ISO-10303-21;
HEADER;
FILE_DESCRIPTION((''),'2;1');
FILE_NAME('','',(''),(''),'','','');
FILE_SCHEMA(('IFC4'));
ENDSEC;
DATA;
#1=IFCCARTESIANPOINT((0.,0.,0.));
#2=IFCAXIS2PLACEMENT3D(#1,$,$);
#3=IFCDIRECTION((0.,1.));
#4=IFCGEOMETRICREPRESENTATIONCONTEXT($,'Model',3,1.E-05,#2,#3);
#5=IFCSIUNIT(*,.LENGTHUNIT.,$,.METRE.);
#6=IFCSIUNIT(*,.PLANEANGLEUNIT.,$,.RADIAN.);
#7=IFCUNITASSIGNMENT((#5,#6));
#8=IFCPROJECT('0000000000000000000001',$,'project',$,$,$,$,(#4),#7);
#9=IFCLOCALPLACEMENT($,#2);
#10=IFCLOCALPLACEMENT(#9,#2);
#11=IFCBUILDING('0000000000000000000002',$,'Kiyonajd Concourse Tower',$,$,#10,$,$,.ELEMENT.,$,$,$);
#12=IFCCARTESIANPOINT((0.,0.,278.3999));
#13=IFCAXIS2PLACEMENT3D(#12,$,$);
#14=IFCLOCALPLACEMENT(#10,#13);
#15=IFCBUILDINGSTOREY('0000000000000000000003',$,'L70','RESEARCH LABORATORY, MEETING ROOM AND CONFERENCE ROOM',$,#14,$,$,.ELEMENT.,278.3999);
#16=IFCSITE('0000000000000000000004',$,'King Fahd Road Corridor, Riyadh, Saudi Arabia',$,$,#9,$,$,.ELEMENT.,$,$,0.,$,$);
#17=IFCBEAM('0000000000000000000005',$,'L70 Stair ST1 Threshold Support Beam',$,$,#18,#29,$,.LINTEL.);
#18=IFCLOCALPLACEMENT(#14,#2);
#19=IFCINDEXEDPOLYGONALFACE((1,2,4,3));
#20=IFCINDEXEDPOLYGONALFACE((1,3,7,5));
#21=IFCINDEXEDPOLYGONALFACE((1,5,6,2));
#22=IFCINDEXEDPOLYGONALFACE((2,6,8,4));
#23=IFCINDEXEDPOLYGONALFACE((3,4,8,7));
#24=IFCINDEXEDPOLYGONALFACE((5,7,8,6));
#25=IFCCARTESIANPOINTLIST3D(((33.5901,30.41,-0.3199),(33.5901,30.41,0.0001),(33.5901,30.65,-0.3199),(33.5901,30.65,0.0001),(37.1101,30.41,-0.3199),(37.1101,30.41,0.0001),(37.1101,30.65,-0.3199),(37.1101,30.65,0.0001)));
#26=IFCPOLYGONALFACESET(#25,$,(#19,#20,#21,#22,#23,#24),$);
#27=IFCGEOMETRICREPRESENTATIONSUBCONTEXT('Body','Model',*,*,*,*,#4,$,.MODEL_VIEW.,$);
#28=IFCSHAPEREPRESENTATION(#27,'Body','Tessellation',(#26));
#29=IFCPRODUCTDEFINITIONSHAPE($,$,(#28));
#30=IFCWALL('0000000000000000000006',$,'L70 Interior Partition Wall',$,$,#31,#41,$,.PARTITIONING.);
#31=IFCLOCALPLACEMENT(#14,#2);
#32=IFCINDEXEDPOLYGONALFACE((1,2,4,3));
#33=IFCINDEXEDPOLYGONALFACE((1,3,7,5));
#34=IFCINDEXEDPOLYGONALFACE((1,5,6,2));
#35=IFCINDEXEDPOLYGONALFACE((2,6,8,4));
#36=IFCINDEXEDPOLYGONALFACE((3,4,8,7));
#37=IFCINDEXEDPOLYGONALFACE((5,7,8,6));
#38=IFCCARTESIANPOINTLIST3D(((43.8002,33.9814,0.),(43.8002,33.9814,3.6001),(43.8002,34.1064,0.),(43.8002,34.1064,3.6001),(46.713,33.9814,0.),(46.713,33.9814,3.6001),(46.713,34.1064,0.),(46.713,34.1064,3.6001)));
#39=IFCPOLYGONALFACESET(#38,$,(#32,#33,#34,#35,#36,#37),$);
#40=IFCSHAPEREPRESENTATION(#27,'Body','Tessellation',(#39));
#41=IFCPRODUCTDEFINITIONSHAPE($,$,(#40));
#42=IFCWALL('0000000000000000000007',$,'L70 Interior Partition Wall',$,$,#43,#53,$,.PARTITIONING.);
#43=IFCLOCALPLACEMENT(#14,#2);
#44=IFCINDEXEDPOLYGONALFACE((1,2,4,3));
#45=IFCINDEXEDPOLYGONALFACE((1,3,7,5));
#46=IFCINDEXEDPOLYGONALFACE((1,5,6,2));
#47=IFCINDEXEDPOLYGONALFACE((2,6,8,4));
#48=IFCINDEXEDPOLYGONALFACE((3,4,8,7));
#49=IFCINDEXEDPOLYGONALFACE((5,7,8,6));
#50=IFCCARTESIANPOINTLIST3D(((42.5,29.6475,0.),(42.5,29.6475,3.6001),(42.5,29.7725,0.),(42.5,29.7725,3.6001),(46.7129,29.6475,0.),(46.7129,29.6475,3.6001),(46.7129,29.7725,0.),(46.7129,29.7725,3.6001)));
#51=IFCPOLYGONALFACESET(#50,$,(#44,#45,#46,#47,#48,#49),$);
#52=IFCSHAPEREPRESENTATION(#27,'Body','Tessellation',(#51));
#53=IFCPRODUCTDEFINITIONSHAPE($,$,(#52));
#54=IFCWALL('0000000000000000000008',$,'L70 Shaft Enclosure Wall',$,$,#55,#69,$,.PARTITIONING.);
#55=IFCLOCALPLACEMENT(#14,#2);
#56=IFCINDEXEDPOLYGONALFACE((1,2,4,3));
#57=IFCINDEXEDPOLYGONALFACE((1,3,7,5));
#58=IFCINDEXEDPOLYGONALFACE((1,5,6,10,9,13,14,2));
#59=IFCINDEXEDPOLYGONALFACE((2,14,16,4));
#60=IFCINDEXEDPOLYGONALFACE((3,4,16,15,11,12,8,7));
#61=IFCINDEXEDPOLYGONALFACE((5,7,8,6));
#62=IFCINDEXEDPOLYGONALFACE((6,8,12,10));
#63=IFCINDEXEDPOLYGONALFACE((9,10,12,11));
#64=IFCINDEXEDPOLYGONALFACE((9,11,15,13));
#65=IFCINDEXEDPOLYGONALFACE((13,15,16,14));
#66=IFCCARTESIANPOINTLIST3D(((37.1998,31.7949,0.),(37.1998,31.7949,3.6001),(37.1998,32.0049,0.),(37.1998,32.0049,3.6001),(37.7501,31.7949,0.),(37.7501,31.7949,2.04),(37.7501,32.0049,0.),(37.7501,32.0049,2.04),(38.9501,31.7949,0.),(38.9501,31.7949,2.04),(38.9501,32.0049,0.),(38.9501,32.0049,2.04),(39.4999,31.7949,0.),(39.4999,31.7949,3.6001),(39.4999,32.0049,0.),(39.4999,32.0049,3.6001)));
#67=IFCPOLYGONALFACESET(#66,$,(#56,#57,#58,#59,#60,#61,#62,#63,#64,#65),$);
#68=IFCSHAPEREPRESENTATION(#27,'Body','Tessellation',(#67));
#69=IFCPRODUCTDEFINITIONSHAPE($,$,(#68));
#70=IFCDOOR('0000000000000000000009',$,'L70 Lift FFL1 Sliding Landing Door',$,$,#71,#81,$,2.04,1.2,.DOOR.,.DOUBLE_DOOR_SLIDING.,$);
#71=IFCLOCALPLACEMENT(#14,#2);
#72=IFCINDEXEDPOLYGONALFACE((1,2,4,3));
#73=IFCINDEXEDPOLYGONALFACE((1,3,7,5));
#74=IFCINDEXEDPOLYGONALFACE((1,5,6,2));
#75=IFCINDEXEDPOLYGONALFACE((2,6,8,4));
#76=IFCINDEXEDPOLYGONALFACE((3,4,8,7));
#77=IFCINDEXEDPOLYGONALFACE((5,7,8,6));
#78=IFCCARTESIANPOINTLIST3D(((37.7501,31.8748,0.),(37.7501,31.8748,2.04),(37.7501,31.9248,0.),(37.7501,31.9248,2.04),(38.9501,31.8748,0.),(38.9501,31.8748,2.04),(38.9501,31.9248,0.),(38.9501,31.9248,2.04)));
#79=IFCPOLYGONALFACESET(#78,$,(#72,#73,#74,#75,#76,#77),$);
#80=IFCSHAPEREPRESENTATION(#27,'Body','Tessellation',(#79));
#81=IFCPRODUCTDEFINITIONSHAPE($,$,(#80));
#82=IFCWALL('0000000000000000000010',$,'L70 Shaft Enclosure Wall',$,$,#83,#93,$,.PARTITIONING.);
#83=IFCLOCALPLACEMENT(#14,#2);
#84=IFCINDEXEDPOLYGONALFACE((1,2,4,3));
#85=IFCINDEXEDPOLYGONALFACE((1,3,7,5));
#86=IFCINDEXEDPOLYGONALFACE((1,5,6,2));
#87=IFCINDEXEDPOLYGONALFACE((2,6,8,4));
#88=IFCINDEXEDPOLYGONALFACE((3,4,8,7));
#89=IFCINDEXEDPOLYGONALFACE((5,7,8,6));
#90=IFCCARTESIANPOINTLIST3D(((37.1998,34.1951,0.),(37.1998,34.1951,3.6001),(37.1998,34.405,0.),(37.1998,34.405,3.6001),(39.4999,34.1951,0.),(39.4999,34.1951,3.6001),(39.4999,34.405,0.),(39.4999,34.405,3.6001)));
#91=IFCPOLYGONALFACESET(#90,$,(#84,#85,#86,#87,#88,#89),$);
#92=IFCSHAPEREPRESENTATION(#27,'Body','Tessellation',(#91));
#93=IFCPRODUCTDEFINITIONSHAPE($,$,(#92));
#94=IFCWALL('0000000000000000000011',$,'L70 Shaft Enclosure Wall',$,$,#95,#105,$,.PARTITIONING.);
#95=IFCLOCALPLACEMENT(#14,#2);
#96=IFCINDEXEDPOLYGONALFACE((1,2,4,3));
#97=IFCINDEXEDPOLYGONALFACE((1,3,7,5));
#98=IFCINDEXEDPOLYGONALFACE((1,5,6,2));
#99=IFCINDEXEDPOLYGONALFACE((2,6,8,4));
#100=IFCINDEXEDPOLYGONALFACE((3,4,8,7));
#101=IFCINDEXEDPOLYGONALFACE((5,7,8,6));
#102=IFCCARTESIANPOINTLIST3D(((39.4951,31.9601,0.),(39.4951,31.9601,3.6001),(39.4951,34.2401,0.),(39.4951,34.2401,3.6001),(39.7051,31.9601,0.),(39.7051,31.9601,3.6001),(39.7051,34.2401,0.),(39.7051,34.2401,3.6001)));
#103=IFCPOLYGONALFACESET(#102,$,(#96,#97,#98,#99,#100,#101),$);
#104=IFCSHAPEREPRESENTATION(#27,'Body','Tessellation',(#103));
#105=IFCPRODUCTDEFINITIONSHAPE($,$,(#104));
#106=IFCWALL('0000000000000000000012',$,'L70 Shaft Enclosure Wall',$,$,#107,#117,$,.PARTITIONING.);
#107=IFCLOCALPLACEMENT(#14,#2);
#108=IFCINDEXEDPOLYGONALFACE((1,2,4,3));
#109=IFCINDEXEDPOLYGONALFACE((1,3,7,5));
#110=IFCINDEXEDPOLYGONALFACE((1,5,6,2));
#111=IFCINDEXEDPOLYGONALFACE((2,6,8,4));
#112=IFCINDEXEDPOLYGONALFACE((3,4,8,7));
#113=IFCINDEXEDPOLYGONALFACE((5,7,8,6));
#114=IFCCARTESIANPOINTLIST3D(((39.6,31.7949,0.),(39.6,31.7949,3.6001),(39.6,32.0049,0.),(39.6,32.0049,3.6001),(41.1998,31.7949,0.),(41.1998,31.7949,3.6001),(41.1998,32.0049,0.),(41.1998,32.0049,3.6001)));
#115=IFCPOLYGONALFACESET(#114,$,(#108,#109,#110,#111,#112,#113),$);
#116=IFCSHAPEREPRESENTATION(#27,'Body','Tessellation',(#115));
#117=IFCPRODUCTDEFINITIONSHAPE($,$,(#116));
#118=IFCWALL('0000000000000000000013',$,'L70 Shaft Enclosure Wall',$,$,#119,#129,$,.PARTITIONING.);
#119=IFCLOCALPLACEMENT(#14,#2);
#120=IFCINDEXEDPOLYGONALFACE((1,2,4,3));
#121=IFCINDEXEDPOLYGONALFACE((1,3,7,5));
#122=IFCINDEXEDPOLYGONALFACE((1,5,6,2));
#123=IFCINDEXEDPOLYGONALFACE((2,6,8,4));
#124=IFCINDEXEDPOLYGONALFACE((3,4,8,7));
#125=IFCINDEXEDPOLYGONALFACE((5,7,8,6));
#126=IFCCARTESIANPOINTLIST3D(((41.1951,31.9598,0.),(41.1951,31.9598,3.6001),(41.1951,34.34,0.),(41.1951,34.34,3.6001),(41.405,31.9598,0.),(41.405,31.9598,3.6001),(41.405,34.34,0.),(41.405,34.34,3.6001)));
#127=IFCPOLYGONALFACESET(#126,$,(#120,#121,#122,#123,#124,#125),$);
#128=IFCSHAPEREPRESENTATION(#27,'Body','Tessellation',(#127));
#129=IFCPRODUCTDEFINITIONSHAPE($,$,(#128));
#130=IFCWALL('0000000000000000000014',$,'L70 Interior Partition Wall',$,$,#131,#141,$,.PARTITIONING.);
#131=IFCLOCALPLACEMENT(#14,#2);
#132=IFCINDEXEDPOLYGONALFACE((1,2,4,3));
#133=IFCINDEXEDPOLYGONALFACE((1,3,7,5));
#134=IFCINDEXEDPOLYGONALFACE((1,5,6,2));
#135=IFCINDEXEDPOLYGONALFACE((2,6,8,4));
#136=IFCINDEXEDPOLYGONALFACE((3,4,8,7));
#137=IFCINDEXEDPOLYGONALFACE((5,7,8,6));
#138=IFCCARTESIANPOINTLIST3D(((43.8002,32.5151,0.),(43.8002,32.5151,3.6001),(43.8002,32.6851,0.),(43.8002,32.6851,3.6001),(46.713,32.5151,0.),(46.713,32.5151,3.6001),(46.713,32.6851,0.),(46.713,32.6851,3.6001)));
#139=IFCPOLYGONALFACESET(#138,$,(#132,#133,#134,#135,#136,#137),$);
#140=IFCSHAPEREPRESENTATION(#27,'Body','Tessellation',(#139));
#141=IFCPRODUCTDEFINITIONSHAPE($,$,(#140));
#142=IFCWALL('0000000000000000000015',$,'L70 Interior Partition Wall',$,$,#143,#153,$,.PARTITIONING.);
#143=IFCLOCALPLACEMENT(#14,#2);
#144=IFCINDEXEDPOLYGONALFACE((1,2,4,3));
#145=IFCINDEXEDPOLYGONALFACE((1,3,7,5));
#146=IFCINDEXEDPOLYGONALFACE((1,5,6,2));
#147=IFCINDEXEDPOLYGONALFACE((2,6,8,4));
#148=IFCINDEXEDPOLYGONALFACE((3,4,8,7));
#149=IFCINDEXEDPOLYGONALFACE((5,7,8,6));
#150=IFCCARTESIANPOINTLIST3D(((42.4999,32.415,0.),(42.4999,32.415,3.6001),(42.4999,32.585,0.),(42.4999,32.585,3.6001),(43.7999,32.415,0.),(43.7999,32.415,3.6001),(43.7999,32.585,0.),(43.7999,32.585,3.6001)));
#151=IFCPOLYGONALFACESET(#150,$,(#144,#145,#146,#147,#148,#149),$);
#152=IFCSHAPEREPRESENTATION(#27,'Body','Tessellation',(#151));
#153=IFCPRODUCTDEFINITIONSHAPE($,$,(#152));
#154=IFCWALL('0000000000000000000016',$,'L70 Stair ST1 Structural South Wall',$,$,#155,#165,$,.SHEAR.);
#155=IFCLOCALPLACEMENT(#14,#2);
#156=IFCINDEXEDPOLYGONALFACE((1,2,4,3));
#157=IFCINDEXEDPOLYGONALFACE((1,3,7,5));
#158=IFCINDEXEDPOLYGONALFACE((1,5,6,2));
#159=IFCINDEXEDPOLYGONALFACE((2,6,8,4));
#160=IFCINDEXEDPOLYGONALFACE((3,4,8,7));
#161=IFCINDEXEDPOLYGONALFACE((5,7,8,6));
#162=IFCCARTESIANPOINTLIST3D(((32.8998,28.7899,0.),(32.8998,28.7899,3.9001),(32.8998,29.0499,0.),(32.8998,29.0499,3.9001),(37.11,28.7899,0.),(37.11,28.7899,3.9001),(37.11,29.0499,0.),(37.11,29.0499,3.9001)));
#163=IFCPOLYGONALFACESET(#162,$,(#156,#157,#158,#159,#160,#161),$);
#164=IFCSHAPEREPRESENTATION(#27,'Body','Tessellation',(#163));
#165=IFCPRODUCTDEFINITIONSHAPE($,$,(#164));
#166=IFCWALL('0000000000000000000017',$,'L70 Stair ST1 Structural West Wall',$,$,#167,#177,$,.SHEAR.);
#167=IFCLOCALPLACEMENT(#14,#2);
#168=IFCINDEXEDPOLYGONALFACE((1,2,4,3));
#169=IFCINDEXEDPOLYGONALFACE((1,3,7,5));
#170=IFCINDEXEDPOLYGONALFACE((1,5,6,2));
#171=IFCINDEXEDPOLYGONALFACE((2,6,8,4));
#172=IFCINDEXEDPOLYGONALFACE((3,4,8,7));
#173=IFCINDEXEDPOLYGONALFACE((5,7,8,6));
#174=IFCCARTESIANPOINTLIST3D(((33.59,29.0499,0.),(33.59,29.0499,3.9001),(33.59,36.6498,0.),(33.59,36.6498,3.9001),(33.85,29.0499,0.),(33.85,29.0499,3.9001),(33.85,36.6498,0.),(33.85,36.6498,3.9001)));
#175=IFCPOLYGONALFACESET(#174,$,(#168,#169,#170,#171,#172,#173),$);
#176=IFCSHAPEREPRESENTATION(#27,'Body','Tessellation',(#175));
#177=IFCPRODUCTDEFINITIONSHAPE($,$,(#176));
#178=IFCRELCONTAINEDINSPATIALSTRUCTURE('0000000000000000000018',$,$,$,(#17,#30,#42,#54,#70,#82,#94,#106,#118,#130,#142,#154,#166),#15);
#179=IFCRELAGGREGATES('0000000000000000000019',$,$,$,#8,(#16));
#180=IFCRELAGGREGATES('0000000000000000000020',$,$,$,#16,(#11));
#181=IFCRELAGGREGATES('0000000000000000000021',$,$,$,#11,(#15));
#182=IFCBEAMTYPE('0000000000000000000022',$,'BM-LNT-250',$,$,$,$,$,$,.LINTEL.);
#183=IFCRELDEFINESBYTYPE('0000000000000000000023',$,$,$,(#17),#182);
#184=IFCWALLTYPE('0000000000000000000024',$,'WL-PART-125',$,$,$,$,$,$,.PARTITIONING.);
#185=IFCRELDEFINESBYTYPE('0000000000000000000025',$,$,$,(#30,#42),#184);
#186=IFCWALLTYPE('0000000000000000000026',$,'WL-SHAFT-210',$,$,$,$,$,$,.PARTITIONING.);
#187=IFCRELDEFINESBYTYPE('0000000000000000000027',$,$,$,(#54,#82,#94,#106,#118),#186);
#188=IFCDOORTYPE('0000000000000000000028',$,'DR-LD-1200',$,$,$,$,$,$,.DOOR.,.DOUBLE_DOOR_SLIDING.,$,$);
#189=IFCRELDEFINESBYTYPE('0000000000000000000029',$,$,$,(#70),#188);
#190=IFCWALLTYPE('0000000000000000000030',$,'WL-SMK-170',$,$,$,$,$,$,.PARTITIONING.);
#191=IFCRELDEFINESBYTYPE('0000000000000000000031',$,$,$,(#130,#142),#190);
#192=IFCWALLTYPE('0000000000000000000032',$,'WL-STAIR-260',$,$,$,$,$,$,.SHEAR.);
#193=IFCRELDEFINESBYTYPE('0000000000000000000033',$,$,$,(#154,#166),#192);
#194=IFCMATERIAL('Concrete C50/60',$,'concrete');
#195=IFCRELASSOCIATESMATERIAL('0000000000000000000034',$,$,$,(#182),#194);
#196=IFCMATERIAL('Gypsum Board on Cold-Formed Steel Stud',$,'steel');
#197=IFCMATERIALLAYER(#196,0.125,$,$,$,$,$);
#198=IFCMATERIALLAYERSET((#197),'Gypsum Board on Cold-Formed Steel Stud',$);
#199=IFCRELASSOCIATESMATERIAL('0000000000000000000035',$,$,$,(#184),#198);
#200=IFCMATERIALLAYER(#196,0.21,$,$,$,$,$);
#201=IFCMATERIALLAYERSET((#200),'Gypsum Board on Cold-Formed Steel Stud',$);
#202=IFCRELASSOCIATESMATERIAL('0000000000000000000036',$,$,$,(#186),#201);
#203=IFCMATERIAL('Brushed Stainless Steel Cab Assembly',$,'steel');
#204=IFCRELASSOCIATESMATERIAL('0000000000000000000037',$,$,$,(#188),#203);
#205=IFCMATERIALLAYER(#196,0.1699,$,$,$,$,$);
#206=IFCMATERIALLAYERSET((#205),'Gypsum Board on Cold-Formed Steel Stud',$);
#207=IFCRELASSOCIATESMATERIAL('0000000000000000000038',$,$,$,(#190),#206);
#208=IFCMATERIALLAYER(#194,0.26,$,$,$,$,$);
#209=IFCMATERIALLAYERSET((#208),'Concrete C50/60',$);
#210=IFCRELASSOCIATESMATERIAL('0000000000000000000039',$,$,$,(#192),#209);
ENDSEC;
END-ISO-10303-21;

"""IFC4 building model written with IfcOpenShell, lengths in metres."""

from ifc_helpers import new_model, si_unit, direction, frame, frame_2d, origin, origin_2d, place, context, subcontext, project, spatial, rectangle, extrude, material, layer, layer_set, material_profile, profile_set, type_object, element, fill, save


model = new_model("IFC4")

# Units and contexts
model_context = context("Model", 3, precision=1e-05, world=origin(), true_north=direction((0.0, 1.0)))
body_context = subcontext(model_context, "Body", "Model", "MODEL_VIEW")
ifc_project = project(units=[si_unit("LENGTHUNIT", "METRE"), si_unit("PLANEANGLEUNIT", "RADIAN")], contexts=[model_context])

# Site, building, storey
site_placement = place(None, origin())
site = spatial("IfcSite", under=ifc_project, at=site_placement, Name="King Fahd Road Corridor, Riyadh, Saudi Arabia", CompositionType="ELEMENT", RefElevation=0.0)
building_placement = place(site_placement, origin())
building = spatial("IfcBuilding", under=site, at=building_placement, Name="Kiyonajd Concourse Tower", CompositionType="ELEMENT")
storey_placement = place(building_placement, frame((0.0, 0.0, 278.3999)))
storey = spatial("IfcBuildingStorey", under=building, at=storey_placement, Name="L70", Description="RESEARCH LABORATORY, MEETING ROOM AND CONFERENCE ROOM", CompositionType="ELEMENT", Elevation=278.3999)

# Beam
ifc_material_1 = material(Name="Concrete C50/60", Category="concrete")
ifc_material_profile = material_profile(ifc_material_1, rectangle(XDim=0.24, YDim=0.3201, at=origin_2d()), Name="RCBM-240x320")
ifc_profile_set = profile_set([ifc_material_profile], Name="Concrete C50/60")
beam_type = type_object("IfcBeamType", Name="BM-LNT-250", PredefinedType="LINTEL", material=ifc_profile_set)
beam_placement = place(storey_placement, frame((33.5901, 30.53, -0.1599), z_axis=(1.0, 0.0, 0.0), x_axis=(0.0, 1.0, 0.0)))
element("IfcBeam", 1, at=beam_placement, inside=storey, type_object=beam_type, Name="L70 Stair ST1 Threshold Support Beam", PredefinedType="LINTEL", context=body_context, shape_type="SweptSolid", body=[
    extrude(rectangle(XDim=0.24, YDim=0.3201, at=origin_2d()), origin(), (0.0, 0.0, 1.0), 3.52),
])

# Walls
ifc_material_2 = material(Name="Gypsum Board on Cold-Formed Steel Stud", Category="steel")
ifc_layer_1 = layer(ifc_material_2, 0.125)
ifc_layer_set_1 = layer_set([ifc_layer_1], Name="Gypsum Board on Cold-Formed Steel Stud")
wall_type_1 = type_object("IfcWallType", Name="WL-PART-125", PredefinedType="PARTITIONING", material=ifc_layer_set_1)
wall_1_placement = place(storey_placement, frame((43.8, 34.0439, 0.0), z_axis=(0.0, 0.0, 1.0), x_axis=(1.0, 0.0, 0.0)))
element("IfcWall", 2, at=wall_1_placement, inside=storey, type_object=wall_type_1, Name="L70 Interior Partition Wall", PredefinedType="PARTITIONING", context=body_context, shape_type="SweptSolid", body=[
    extrude(rectangle(XDim=2.9128, YDim=0.125, at=frame_2d((1.4565, 0.0))), origin(), (0.0, 0.0, 1.0), 3.6001),
])
wall_2_placement = place(storey_placement, frame((42.5, 29.71, 0.0), z_axis=(0.0, 0.0, 1.0), x_axis=(1.0, 0.0, 0.0)))
element("IfcWall", 3, at=wall_2_placement, inside=storey, type_object=wall_type_1, Name="L70 Interior Partition Wall", PredefinedType="PARTITIONING", context=body_context, shape_type="SweptSolid", body=[
    extrude(rectangle(XDim=4.2129, YDim=0.125, at=frame_2d((2.1064, 0.0))), origin(), (0.0, 0.0, 1.0), 3.6001),
])

# Wall, opening, door
ifc_layer_2 = layer(ifc_material_2, 0.21)
ifc_layer_set_2 = layer_set([ifc_layer_2], Name="Gypsum Board on Cold-Formed Steel Stud")
wall_type_2 = type_object("IfcWallType", Name="WL-SHAFT-210", PredefinedType="PARTITIONING", material=ifc_layer_set_2)
wall_3_placement = place(storey_placement, frame((37.2, 31.8999, 0.0), z_axis=(0.0, 0.0, 1.0), x_axis=(1.0, 0.0, 0.0)))
wall_3 = element("IfcWall", 4, at=wall_3_placement, inside=storey, type_object=wall_type_2, Name="L70 Shaft Enclosure Wall", PredefinedType="PARTITIONING", context=body_context, shape_type="SweptSolid", body=[
    extrude(rectangle(XDim=2.3, YDim=0.21, at=frame_2d((1.1499, 0.0))), origin(), (0.0, 0.0, 1.0), 3.6001),
])
opening_1_placement = place(wall_3_placement, frame((0.55, 0.0, 0.0)))
opening_1 = element("IfcOpeningElement", 5, at=opening_1_placement, cuts=wall_3, PredefinedType="OPENING", context=body_context, shape_type="SweptSolid", body=[
    extrude(rectangle(XDim=1.2, YDim=2.04, at=frame_2d((0.6001, 1.02))), frame((0.0, 0.115, 0.0), z_axis=(0.0, -1.0, 0.0), x_axis=(1.0, 0.0, 0.0)), (0.0, 0.0, 1.0), 0.23),
])
ifc_material_3 = material(Name="Brushed Stainless Steel Cab Assembly", Category="steel")
door_type_1 = type_object("IfcDoorType", Name="DR-LD-1200", OperationType="DOUBLE_DOOR_SLIDING", PredefinedType="DOOR", material=ifc_material_3)
door_1_placement = place(opening_1_placement, origin())
door_1 = element("IfcDoor", 6, at=door_1_placement, inside=storey, type_object=door_type_1, Name="L70 Lift FFL1 Sliding Landing Door", OperationType="DOUBLE_DOOR_SLIDING", OverallHeight=2.04, OverallWidth=1.2, PredefinedType="DOOR", context=body_context, shape_type="SweptSolid", body=[
    extrude(rectangle(XDim=1.2, YDim=2.04, at=frame_2d((0.6001, 1.02))), frame((0.0, 0.0249, 0.0), z_axis=(0.0, -1.0, 0.0), x_axis=(1.0, 0.0, 0.0)), (0.0, 0.0, 1.0), 0.05),
])
fill(opening_1, door_1)

# Walls
wall_4_placement = place(storey_placement, frame((37.2, 34.3, 0.0), z_axis=(0.0, 0.0, 1.0), x_axis=(1.0, 0.0, 0.0)))
element("IfcWall", 7, at=wall_4_placement, inside=storey, type_object=wall_type_2, Name="L70 Shaft Enclosure Wall", PredefinedType="PARTITIONING", context=body_context, shape_type="SweptSolid", body=[
    extrude(rectangle(XDim=2.3, YDim=0.21, at=frame_2d((1.1499, 0.0))), origin(), (0.0, 0.0, 1.0), 3.6001),
])
wall_5_placement = place(storey_placement, frame((39.6001, 31.96, 0.0), z_axis=(0.0, 0.0, 1.0), x_axis=(0.0, 1.0, 0.0)))
element("IfcWall", 8, at=wall_5_placement, inside=storey, type_object=wall_type_2, Name="L70 Shaft Enclosure Wall", PredefinedType="PARTITIONING", context=body_context, shape_type="SweptSolid", body=[
    extrude(rectangle(XDim=2.28, YDim=0.21, at=frame_2d((1.1401, 0.0))), origin(), (0.0, 0.0, 1.0), 3.6001),
])
wall_6_placement = place(storey_placement, frame((39.6001, 31.8999, 0.0), z_axis=(0.0, 0.0, 1.0), x_axis=(1.0, 0.0, 0.0)))
element("IfcWall", 9, at=wall_6_placement, inside=storey, type_object=wall_type_2, Name="L70 Shaft Enclosure Wall", PredefinedType="PARTITIONING", context=body_context, shape_type="SweptSolid", body=[
    extrude(rectangle(XDim=1.5999, YDim=0.21, at=frame_2d((0.7998, 0.0))), origin(), (0.0, 0.0, 1.0), 3.6001),
])
wall_7_placement = place(storey_placement, frame((41.3, 31.96, 0.0), z_axis=(0.0, 0.0, 1.0), x_axis=(0.0, 1.0, 0.0)))
element("IfcWall", 10, at=wall_7_placement, inside=storey, type_object=wall_type_2, Name="L70 Shaft Enclosure Wall", PredefinedType="PARTITIONING", context=body_context, shape_type="SweptSolid", body=[
    extrude(rectangle(XDim=2.3801, YDim=0.21, at=frame_2d((1.1899, 0.0))), origin(), (0.0, 0.0, 1.0), 3.6001),
])
ifc_layer_3 = layer(ifc_material_2, 0.1699)
ifc_layer_set_3 = layer_set([ifc_layer_3], Name="Gypsum Board on Cold-Formed Steel Stud")
wall_type_3 = type_object("IfcWallType", Name="WL-SMK-170", PredefinedType="PARTITIONING", material=ifc_layer_set_3)
wall_8_placement = place(storey_placement, frame((43.8, 32.6001, 0.0), z_axis=(0.0, 0.0, 1.0), x_axis=(1.0, 0.0, 0.0)))
element("IfcWall", 11, at=wall_8_placement, inside=storey, type_object=wall_type_3, Name="L70 Interior Partition Wall", PredefinedType="PARTITIONING", context=body_context, shape_type="SweptSolid", body=[
    extrude(rectangle(XDim=2.9128, YDim=0.1699, at=frame_2d((1.4565, 0.0))), origin(), (0.0, 0.0, 1.0), 3.6001),
])
wall_9_placement = place(storey_placement, frame((42.5, 32.5, 0.0), z_axis=(0.0, 0.0, 1.0), x_axis=(1.0, 0.0, 0.0)))
element("IfcWall", 12, at=wall_9_placement, inside=storey, type_object=wall_type_3, Name="L70 Interior Partition Wall", PredefinedType="PARTITIONING", context=body_context, shape_type="SweptSolid", body=[
    extrude(rectangle(XDim=1.3, YDim=0.1699, at=frame_2d((0.6499, 0.0))), origin(), (0.0, 0.0, 1.0), 3.6001),
])
ifc_layer_4 = layer(ifc_material_1, 0.26)
ifc_layer_set_4 = layer_set([ifc_layer_4], Name="Concrete C50/60")
wall_type_4 = type_object("IfcWallType", Name="WL-STAIR-260", PredefinedType="SHEAR", material=ifc_layer_set_4)
wall_10_placement = place(storey_placement, frame((32.8999, 28.9199, 0.0), z_axis=(0.0, 0.0, 1.0), x_axis=(1.0, 0.0, 0.0)))
element("IfcWall", 13, at=wall_10_placement, inside=storey, type_object=wall_type_4, Name="L70 Stair ST1 Structural South Wall", PredefinedType="SHEAR", context=body_context, shape_type="SweptSolid", body=[
    extrude(rectangle(XDim=4.2102, YDim=0.26, at=frame_2d((2.105, 0.0))), origin(), (0.0, 0.0, 1.0), 3.9001),
])
wall_11_placement = place(storey_placement, frame((33.72, 29.05, 0.0), z_axis=(0.0, 0.0, 1.0), x_axis=(0.0, 1.0, 0.0)))
element("IfcWall", 14, at=wall_11_placement, inside=storey, type_object=wall_type_4, Name="L70 Stair ST1 Structural West Wall", PredefinedType="SHEAR", context=body_context, shape_type="SweptSolid", body=[
    extrude(rectangle(XDim=7.5999, YDim=0.26, at=frame_2d((3.7998, 0.0))), origin(), (0.0, 0.0, 1.0), 3.9001),
])

save(model, "model.ifc")
